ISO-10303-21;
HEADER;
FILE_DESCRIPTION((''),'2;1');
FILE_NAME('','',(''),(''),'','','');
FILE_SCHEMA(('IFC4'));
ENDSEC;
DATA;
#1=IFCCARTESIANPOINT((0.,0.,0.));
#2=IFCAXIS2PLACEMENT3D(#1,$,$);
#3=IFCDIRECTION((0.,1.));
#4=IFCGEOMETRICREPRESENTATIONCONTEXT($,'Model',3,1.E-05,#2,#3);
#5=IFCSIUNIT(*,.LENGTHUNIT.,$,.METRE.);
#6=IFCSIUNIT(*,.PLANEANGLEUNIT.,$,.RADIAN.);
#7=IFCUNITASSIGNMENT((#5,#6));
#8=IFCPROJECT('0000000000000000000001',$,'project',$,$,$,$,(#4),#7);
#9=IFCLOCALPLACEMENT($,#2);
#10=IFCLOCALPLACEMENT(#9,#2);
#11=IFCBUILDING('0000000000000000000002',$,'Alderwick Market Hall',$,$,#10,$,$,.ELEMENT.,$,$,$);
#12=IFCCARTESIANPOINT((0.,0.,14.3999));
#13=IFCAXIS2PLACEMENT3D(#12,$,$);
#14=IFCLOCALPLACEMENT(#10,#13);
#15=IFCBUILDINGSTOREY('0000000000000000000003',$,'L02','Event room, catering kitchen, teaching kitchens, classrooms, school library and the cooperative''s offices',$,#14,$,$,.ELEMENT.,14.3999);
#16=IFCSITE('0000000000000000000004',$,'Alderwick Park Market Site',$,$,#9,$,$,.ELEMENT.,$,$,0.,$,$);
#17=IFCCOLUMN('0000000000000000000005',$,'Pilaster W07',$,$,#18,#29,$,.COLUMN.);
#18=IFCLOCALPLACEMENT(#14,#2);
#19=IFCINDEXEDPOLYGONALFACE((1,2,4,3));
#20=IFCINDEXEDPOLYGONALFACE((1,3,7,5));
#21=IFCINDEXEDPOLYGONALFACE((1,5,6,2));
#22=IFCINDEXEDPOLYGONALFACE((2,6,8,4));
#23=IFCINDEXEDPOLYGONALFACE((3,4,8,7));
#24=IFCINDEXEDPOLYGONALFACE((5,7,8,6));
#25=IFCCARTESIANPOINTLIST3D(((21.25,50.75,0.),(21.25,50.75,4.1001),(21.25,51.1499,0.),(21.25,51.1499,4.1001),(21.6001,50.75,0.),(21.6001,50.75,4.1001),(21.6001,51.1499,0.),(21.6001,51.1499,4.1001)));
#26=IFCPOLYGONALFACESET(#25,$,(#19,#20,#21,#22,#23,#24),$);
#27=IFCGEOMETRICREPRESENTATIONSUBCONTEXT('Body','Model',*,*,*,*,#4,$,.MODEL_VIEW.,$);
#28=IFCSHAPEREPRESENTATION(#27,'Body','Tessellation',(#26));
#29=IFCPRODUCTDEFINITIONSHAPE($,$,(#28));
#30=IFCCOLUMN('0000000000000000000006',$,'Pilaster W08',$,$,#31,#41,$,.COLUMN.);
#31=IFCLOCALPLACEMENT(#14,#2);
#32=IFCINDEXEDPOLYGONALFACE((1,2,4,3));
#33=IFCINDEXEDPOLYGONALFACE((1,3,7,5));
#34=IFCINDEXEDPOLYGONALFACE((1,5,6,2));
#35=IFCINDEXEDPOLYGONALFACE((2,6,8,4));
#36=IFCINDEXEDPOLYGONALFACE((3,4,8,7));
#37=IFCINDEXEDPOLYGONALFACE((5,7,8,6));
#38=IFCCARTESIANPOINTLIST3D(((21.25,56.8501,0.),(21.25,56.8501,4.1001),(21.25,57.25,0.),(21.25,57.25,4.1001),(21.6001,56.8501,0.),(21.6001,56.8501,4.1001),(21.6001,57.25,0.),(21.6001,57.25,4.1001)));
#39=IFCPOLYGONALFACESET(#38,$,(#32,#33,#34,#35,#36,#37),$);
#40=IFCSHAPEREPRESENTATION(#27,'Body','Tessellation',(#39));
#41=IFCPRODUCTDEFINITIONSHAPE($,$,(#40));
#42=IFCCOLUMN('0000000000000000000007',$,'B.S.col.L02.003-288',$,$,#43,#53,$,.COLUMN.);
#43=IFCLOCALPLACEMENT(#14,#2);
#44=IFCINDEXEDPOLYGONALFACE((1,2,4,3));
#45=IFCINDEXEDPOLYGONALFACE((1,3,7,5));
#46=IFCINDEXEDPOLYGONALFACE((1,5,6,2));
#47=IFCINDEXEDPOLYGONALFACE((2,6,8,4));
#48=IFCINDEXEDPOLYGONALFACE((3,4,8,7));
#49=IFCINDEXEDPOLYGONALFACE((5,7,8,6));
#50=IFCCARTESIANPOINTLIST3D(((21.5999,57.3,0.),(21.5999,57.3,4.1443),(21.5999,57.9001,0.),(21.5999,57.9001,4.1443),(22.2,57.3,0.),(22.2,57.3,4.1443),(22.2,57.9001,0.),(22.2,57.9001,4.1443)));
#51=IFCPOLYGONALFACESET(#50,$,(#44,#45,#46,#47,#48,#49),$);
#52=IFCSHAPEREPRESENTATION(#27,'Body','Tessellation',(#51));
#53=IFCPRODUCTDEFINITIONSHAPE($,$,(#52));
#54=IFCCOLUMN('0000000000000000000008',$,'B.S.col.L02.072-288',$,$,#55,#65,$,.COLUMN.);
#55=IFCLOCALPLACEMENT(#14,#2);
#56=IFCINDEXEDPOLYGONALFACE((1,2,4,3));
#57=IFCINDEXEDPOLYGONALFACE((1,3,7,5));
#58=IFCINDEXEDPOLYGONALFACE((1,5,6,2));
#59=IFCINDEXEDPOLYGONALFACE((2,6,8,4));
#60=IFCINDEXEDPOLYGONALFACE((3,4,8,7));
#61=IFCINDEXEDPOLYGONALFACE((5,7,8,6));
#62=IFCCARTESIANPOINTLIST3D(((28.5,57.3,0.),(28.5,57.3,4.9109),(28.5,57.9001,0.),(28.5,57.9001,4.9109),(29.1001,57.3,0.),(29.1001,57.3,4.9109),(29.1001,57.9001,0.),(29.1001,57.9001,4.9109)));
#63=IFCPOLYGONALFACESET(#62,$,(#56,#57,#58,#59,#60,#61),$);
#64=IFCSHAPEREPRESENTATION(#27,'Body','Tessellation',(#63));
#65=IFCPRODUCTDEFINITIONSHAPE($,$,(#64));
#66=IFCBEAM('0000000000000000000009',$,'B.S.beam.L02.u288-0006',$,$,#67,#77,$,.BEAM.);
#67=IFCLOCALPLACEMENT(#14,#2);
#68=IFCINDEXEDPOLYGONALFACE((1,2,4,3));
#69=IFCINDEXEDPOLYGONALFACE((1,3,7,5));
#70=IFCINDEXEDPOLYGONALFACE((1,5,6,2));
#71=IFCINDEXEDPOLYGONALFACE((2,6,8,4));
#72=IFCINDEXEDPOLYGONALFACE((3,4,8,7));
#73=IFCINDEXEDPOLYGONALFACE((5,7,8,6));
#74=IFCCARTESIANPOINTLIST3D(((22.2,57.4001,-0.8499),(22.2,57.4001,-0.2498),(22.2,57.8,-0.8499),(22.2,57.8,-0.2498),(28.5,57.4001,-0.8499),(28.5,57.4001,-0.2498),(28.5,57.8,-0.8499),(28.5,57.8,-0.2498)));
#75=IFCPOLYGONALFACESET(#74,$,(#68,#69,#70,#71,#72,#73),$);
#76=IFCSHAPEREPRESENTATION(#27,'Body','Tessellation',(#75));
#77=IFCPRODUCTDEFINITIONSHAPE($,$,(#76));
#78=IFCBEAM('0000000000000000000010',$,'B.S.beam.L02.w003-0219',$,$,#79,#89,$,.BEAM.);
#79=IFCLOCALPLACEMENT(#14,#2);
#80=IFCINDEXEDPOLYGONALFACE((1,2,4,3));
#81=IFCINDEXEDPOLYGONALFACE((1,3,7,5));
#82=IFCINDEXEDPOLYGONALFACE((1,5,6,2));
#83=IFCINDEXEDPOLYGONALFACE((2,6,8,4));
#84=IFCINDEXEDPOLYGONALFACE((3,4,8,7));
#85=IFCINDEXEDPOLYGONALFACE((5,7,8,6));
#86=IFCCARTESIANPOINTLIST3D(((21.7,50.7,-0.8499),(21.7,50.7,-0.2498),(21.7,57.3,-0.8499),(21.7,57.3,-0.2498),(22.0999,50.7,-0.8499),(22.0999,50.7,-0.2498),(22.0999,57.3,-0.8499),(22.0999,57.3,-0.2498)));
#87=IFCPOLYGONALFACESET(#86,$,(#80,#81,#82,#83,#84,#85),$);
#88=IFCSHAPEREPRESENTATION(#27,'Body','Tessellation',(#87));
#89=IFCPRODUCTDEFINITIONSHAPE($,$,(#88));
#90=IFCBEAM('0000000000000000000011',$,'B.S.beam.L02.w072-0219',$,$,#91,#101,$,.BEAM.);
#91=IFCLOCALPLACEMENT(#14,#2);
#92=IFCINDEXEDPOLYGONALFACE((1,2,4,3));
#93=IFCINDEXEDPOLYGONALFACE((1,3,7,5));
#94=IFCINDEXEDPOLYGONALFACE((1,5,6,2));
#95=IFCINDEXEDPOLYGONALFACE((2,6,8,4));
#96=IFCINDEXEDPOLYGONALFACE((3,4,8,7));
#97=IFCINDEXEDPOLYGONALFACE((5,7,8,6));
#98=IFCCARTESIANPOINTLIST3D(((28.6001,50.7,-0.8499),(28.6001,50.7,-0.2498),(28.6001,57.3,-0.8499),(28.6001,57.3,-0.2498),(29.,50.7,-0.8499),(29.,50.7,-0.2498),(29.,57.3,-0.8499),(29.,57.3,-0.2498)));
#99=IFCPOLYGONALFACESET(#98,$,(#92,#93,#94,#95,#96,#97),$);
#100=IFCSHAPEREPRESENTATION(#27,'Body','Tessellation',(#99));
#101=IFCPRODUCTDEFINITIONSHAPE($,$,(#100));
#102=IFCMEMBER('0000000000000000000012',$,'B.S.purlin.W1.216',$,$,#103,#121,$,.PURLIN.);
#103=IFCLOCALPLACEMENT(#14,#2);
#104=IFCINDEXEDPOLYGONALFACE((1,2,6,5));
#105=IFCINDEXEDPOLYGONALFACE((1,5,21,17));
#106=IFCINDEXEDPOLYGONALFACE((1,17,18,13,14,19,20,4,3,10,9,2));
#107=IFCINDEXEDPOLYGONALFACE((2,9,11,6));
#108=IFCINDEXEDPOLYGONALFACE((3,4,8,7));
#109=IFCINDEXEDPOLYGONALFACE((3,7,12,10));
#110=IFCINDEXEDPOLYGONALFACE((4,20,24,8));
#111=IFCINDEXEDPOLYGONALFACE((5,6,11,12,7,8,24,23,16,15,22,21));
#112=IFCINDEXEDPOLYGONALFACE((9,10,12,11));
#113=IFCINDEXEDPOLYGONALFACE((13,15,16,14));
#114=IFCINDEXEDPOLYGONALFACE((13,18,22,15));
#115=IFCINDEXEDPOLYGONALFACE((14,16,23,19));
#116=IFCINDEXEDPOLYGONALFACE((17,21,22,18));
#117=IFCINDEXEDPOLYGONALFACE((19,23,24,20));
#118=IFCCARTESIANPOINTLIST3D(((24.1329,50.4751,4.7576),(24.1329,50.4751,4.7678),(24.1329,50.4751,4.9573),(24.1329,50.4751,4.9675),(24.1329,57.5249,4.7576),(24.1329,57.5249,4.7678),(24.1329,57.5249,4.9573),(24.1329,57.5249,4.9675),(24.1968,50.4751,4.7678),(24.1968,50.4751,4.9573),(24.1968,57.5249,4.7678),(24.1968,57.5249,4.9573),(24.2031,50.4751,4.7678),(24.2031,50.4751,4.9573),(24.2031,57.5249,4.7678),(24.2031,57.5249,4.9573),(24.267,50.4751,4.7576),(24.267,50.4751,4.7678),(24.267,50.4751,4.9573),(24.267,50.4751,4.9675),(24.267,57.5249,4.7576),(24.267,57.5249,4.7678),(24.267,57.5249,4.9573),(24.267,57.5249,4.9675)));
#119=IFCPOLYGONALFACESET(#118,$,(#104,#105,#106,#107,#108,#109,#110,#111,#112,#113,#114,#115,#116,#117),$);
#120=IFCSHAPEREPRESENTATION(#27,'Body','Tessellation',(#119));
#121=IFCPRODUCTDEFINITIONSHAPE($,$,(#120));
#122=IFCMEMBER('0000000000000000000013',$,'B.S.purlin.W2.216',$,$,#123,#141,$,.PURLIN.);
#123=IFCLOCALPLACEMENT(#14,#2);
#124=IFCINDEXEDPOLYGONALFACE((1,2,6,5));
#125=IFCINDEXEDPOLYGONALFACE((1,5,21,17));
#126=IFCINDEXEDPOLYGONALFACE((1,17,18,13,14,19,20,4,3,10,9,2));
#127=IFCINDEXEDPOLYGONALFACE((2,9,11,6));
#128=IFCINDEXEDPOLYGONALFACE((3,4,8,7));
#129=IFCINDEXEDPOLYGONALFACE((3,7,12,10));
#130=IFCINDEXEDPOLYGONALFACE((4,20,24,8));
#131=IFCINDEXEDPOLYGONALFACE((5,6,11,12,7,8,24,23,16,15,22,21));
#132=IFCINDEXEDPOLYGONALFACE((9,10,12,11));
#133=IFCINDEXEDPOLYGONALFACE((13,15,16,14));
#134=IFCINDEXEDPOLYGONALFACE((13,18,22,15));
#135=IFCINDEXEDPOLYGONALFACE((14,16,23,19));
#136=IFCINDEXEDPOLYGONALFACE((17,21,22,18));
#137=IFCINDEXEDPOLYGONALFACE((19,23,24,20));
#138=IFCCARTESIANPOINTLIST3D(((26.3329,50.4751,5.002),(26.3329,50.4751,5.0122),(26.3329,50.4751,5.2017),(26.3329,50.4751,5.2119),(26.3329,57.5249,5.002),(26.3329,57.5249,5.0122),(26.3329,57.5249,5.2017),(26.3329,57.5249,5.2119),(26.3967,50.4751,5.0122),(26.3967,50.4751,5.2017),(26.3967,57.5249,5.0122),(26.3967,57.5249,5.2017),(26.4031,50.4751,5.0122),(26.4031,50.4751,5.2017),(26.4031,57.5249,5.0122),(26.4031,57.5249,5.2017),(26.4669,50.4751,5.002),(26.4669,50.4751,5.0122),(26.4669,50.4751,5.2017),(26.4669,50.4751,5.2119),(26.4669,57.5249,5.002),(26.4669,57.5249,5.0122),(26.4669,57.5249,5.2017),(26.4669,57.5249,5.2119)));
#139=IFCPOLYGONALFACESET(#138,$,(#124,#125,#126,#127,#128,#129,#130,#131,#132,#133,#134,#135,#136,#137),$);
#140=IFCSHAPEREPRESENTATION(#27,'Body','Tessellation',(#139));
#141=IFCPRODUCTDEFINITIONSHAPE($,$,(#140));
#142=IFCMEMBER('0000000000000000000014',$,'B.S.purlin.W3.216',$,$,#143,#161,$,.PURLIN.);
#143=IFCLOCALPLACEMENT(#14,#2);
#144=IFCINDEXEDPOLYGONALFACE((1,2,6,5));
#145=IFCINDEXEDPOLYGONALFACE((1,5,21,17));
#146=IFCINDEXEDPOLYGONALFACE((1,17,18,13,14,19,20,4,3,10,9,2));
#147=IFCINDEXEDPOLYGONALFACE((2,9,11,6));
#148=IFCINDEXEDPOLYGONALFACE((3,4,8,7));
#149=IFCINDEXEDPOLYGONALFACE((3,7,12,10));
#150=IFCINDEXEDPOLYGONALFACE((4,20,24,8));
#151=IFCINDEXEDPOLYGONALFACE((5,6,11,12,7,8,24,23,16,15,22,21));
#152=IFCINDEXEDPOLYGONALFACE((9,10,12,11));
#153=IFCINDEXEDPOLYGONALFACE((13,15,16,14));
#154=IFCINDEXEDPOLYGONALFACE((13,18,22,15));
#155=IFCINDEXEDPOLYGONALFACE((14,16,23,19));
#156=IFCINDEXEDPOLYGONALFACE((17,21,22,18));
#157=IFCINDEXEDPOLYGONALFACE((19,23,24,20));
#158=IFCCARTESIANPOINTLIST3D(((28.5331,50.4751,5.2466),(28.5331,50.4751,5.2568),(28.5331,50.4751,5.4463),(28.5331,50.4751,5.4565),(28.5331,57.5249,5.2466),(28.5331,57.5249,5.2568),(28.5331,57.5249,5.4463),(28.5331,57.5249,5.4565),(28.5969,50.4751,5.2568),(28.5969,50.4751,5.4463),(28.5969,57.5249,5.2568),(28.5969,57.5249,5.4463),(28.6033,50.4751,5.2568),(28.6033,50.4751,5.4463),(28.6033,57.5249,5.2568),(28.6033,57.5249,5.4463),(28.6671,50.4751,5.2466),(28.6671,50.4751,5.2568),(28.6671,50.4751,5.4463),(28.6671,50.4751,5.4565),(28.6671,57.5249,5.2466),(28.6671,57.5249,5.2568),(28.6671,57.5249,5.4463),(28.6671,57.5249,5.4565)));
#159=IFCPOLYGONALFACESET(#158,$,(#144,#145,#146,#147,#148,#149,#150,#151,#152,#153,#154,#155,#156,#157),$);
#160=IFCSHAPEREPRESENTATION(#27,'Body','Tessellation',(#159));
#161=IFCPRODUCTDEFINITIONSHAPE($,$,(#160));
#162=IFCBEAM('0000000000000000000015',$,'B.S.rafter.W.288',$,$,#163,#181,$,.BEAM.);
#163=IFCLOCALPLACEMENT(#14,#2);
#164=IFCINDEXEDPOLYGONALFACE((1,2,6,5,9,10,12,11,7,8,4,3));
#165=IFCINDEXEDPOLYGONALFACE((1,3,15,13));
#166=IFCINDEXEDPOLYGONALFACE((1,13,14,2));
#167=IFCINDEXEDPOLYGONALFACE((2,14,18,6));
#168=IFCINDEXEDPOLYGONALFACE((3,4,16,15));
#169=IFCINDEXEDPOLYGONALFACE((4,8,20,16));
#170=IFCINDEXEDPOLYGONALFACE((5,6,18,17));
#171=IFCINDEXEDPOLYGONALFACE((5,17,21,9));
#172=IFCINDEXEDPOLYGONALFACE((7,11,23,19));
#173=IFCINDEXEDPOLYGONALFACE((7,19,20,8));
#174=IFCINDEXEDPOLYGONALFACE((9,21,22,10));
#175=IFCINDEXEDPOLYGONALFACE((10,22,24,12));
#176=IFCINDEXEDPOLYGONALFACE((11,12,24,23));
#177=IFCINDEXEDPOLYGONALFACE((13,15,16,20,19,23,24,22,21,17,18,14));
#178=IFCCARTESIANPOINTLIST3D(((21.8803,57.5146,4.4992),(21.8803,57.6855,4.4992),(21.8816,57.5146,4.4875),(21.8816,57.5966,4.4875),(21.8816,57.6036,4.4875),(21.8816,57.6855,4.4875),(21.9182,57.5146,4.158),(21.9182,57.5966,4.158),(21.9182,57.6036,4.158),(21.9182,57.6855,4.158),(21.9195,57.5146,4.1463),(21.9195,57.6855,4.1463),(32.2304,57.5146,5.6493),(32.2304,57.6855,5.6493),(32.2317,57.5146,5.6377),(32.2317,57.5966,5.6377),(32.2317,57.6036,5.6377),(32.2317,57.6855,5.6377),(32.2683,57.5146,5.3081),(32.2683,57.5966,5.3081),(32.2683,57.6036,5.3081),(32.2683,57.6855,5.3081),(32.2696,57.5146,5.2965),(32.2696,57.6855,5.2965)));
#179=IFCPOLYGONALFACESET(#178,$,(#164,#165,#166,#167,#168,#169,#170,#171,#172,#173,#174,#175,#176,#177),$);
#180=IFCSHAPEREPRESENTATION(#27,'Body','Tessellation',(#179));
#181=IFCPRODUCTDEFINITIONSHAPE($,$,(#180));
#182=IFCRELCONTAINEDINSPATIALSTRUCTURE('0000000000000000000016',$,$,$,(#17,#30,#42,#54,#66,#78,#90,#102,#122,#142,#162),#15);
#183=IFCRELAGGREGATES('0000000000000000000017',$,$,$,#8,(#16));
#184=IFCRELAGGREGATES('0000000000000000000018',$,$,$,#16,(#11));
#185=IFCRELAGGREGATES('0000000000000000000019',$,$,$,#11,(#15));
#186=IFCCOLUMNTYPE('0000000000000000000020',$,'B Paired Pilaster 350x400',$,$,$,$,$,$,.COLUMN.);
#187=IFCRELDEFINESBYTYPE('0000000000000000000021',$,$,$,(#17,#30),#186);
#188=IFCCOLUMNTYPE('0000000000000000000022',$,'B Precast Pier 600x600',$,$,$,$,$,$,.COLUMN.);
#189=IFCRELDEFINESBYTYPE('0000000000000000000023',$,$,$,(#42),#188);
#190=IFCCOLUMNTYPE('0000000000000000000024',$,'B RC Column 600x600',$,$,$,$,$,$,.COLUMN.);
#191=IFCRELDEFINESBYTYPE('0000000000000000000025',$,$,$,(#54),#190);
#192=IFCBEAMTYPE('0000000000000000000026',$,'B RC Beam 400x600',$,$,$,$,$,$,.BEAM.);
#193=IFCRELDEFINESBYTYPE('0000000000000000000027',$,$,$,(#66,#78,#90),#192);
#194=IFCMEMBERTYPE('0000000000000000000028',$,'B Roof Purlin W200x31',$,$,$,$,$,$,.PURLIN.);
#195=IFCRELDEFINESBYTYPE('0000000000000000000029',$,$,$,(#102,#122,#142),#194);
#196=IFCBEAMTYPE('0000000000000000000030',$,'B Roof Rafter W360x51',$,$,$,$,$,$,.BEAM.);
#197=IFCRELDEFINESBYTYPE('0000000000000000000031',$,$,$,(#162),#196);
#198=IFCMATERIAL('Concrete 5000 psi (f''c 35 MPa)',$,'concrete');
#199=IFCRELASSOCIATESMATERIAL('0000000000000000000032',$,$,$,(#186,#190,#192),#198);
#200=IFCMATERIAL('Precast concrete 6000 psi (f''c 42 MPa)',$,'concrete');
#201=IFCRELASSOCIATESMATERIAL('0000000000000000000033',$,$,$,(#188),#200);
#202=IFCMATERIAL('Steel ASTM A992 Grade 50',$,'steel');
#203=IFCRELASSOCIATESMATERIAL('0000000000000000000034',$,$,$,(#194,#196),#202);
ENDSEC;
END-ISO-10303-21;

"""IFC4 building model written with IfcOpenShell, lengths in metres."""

from ifc_helpers import new_model, si_unit, direction, frame, origin, origin_2d, place, context, subcontext, project, spatial, rectangle, i_section, extrude, material, material_profile, profile_set, type_object, element, save


model = new_model("IFC4")

# Units and contexts
model_context = context("Model", 3, precision=1e-05, world=origin(), true_north=direction((0.0, 1.0)))
body_context = subcontext(model_context, "Body", "Model", "MODEL_VIEW")
ifc_project = project(units=[si_unit("LENGTHUNIT", "METRE"), si_unit("PLANEANGLEUNIT", "RADIAN")], contexts=[model_context])

# Site, building, storey
site_placement = place(None, origin())
site = spatial("IfcSite", under=ifc_project, at=site_placement, Name="Alderwick Park Market Site", CompositionType="ELEMENT", RefElevation=0.0)
building_placement = place(site_placement, origin())
building = spatial("IfcBuilding", under=site, at=building_placement, Name="Alderwick Market Hall", CompositionType="ELEMENT")
storey_placement = place(building_placement, frame((0.0, 0.0, 14.3999)))
storey = spatial("IfcBuildingStorey", under=building, at=storey_placement, Name="L02", Description="Event room, catering kitchen, teaching kitchens, classrooms, school library and the cooperative's offices", CompositionType="ELEMENT", Elevation=14.3999)

# Columns
ifc_material_1 = material(Name="Concrete 5000 psi (f'c 35 MPa)", Category="concrete")
ifc_material_profile_1 = material_profile(ifc_material_1, rectangle(XDim=0.3501, YDim=0.3999, at=origin_2d()), Name="B Paired Pilaster 350x400")
ifc_profile_set_1 = profile_set([ifc_material_profile_1], Name="Concrete 5000 psi (f'c 35 MPa)")
column_type_1 = type_object("IfcColumnType", Name="B Paired Pilaster 350x400", PredefinedType="COLUMN", material=ifc_profile_set_1)
for number, where, z_axis, x_axis, name in (
    (1, (21.425, 50.95, 0.0), (0.0, 0.0, 1.0), (1.0, 0.0, 0.0), "Pilaster W07"),
    (2, (21.425, 57.05, 0.0), (0.0, 0.0, 1.0), (1.0, 0.0, 0.0), "Pilaster W08"),
):
    element("IfcColumn", number, at=place(storey_placement, frame(where, z_axis=z_axis, x_axis=x_axis)), inside=storey, type_object=column_type_1, Name=name, PredefinedType="COLUMN", context=body_context, shape_type="SweptSolid", body=[
        extrude(rectangle(XDim=0.3501, YDim=0.3999, at=origin_2d()), origin(), (0.0, 0.0, 1.0), 4.1001),
    ])
ifc_material_2 = material(Name="Precast concrete 6000 psi (f'c 42 MPa)", Category="concrete")
ifc_material_profile_2 = material_profile(ifc_material_2, rectangle(XDim=0.6001, YDim=0.6001, at=origin_2d()), Name="B Precast Pier 600x600")
ifc_profile_set_2 = profile_set([ifc_material_profile_2], Name="Precast concrete 6000 psi (f'c 42 MPa)")
column_type_2 = type_object("IfcColumnType", Name="B Precast Pier 600x600", PredefinedType="COLUMN", material=ifc_profile_set_2)
column_1_placement = place(storey_placement, frame((21.8999, 57.6001, 0.0), z_axis=(0.0, 0.0, 1.0), x_axis=(1.0, 0.0, 0.0)))
element("IfcColumn", 3, at=column_1_placement, inside=storey, type_object=column_type_2, Name="B.S.col.L02.003-288", PredefinedType="COLUMN", context=body_context, shape_type="SweptSolid", body=[
    extrude(rectangle(XDim=0.6001, YDim=0.6001, at=origin_2d()), origin(), (0.0, 0.0, 1.0), 4.1443),
])
ifc_material_profile_3 = material_profile(ifc_material_1, rectangle(XDim=0.6001, YDim=0.6001, at=origin_2d()), Name="B RC Column 600x600")
ifc_profile_set_3 = profile_set([ifc_material_profile_3], Name="Concrete 5000 psi (f'c 35 MPa)")
column_type_3 = type_object("IfcColumnType", Name="B RC Column 600x600", PredefinedType="COLUMN", material=ifc_profile_set_3)
column_2_placement = place(storey_placement, frame((28.8, 57.6001, 0.0), z_axis=(0.0, 0.0, 1.0), x_axis=(1.0, 0.0, 0.0)))
element("IfcColumn", 4, at=column_2_placement, inside=storey, type_object=column_type_3, Name="B.S.col.L02.072-288", PredefinedType="COLUMN", context=body_context, shape_type="SweptSolid", body=[
    extrude(rectangle(XDim=0.6001, YDim=0.6001, at=origin_2d()), origin(), (0.0, 0.0, 1.0), 4.9109),
])

# Beams
ifc_material_profile_4 = material_profile(ifc_material_1, rectangle(XDim=0.3999, YDim=0.6001, at=origin_2d()), Name="B RC Beam 400x600")
ifc_profile_set_4 = profile_set([ifc_material_profile_4], Name="Concrete 5000 psi (f'c 35 MPa)")
beam_type_1 = type_object("IfcBeamType", Name="B RC Beam 400x600", PredefinedType="BEAM", material=ifc_profile_set_4)
beam_1_placement = place(storey_placement, frame((22.2, 57.6001, -0.5498), z_axis=(1.0, 0.0, 0.0), x_axis=(0.0, 1.0, 0.0)))
element("IfcBeam", 5, at=beam_1_placement, inside=storey, type_object=beam_type_1, Name="B.S.beam.L02.u288-0006", PredefinedType="BEAM", context=body_context, shape_type="SweptSolid", body=[
    extrude(rectangle(XDim=0.3999, YDim=0.6001, at=origin_2d()), origin(), (0.0, 0.0, 1.0), 6.3),
])
for number, where, z_axis, x_axis, name in (
    (6, (21.8999, 50.7, -0.5498), (0.0, 1.0, 0.0), (-1.0, 0.0, 0.0), "B.S.beam.L02.w003-0219"),
    (7, (28.8, 50.7, -0.5498), (0.0, 1.0, 0.0), (-1.0, 0.0, 0.0), "B.S.beam.L02.w072-0219"),
):
    element("IfcBeam", number, at=place(storey_placement, frame(where, z_axis=z_axis, x_axis=x_axis)), inside=storey, type_object=beam_type_1, Name=name, PredefinedType="BEAM", context=body_context, shape_type="SweptSolid", body=[
        extrude(rectangle(XDim=0.3999, YDim=0.6001, at=origin_2d()), origin(), (0.0, 0.0, 1.0), 6.6001),
    ])

# Members
ifc_material_3 = material(Name="Steel ASTM A992 Grade 50", Category="steel")
ifc_material_profile_5 = material_profile(ifc_material_3, i_section(OverallWidth=0.134, OverallDepth=0.21, WebThickness=0.0063, FlangeThickness=0.0103, at=origin_2d()), Name="W200x31")
ifc_profile_set_5 = profile_set([ifc_material_profile_5], Name="Steel ASTM A992 Grade 50")
member_type = type_object("IfcMemberType", Name="B Roof Purlin W200x31", PredefinedType="PURLIN", material=ifc_profile_set_5)
for number, where, z_axis, x_axis, name in (
    (8, (24.2, 50.4751, 4.8625), (0.0, 1.0, 0.0), (-1.0, 0.0, 0.0), "B.S.purlin.W1.216"),
    (9, (26.3999, 50.4751, 5.1069), (0.0, 1.0, 0.0), (-1.0, 0.0, 0.0), "B.S.purlin.W2.216"),
    (10, (28.6001, 50.4751, 5.3516), (0.0, 1.0, 0.0), (-1.0, 0.0, 0.0), "B.S.purlin.W3.216"),
):
    element("IfcMember", number, at=place(storey_placement, frame(where, z_axis=z_axis, x_axis=x_axis)), inside=storey, type_object=member_type, Name=name, PredefinedType="PURLIN", context=body_context, shape_type="SweptSolid", body=[
        extrude(i_section(OverallWidth=0.134, OverallDepth=0.21, WebThickness=0.0063, FlangeThickness=0.0103, at=origin_2d()), origin(), (0.0, 0.0, 1.0), 7.0498),
    ])

# Beam
ifc_material_profile_6 = material_profile(ifc_material_3, i_section(OverallWidth=0.1709, OverallDepth=0.355, WebThickness=0.0071, FlangeThickness=0.0117, at=origin_2d()), Name="W360x51")
ifc_profile_set_6 = profile_set([ifc_material_profile_6], Name="Steel ASTM A992 Grade 50")
beam_type_2 = type_object("IfcBeamType", Name="B Roof Rafter W360x51", PredefinedType="BEAM", material=ifc_profile_set_6)
beam_2_placement = place(storey_placement, frame((21.8999, 57.6001, 4.3228), z_axis=(0.993882, 0.0, 0.110444), x_axis=(0.0, 1.0, 0.0)))
element("IfcBeam", 11, at=beam_2_placement, inside=storey, type_object=beam_type_2, Name="B.S.rafter.W.288", PredefinedType="BEAM", context=body_context, shape_type="SweptSolid", body=[
    extrude(i_section(OverallWidth=0.1709, OverallDepth=0.355, WebThickness=0.0071, FlangeThickness=0.0117, at=origin_2d()), origin(), (0.0, 0.0, 1.0), 10.4138),
])

save(model, "model.ifc")
